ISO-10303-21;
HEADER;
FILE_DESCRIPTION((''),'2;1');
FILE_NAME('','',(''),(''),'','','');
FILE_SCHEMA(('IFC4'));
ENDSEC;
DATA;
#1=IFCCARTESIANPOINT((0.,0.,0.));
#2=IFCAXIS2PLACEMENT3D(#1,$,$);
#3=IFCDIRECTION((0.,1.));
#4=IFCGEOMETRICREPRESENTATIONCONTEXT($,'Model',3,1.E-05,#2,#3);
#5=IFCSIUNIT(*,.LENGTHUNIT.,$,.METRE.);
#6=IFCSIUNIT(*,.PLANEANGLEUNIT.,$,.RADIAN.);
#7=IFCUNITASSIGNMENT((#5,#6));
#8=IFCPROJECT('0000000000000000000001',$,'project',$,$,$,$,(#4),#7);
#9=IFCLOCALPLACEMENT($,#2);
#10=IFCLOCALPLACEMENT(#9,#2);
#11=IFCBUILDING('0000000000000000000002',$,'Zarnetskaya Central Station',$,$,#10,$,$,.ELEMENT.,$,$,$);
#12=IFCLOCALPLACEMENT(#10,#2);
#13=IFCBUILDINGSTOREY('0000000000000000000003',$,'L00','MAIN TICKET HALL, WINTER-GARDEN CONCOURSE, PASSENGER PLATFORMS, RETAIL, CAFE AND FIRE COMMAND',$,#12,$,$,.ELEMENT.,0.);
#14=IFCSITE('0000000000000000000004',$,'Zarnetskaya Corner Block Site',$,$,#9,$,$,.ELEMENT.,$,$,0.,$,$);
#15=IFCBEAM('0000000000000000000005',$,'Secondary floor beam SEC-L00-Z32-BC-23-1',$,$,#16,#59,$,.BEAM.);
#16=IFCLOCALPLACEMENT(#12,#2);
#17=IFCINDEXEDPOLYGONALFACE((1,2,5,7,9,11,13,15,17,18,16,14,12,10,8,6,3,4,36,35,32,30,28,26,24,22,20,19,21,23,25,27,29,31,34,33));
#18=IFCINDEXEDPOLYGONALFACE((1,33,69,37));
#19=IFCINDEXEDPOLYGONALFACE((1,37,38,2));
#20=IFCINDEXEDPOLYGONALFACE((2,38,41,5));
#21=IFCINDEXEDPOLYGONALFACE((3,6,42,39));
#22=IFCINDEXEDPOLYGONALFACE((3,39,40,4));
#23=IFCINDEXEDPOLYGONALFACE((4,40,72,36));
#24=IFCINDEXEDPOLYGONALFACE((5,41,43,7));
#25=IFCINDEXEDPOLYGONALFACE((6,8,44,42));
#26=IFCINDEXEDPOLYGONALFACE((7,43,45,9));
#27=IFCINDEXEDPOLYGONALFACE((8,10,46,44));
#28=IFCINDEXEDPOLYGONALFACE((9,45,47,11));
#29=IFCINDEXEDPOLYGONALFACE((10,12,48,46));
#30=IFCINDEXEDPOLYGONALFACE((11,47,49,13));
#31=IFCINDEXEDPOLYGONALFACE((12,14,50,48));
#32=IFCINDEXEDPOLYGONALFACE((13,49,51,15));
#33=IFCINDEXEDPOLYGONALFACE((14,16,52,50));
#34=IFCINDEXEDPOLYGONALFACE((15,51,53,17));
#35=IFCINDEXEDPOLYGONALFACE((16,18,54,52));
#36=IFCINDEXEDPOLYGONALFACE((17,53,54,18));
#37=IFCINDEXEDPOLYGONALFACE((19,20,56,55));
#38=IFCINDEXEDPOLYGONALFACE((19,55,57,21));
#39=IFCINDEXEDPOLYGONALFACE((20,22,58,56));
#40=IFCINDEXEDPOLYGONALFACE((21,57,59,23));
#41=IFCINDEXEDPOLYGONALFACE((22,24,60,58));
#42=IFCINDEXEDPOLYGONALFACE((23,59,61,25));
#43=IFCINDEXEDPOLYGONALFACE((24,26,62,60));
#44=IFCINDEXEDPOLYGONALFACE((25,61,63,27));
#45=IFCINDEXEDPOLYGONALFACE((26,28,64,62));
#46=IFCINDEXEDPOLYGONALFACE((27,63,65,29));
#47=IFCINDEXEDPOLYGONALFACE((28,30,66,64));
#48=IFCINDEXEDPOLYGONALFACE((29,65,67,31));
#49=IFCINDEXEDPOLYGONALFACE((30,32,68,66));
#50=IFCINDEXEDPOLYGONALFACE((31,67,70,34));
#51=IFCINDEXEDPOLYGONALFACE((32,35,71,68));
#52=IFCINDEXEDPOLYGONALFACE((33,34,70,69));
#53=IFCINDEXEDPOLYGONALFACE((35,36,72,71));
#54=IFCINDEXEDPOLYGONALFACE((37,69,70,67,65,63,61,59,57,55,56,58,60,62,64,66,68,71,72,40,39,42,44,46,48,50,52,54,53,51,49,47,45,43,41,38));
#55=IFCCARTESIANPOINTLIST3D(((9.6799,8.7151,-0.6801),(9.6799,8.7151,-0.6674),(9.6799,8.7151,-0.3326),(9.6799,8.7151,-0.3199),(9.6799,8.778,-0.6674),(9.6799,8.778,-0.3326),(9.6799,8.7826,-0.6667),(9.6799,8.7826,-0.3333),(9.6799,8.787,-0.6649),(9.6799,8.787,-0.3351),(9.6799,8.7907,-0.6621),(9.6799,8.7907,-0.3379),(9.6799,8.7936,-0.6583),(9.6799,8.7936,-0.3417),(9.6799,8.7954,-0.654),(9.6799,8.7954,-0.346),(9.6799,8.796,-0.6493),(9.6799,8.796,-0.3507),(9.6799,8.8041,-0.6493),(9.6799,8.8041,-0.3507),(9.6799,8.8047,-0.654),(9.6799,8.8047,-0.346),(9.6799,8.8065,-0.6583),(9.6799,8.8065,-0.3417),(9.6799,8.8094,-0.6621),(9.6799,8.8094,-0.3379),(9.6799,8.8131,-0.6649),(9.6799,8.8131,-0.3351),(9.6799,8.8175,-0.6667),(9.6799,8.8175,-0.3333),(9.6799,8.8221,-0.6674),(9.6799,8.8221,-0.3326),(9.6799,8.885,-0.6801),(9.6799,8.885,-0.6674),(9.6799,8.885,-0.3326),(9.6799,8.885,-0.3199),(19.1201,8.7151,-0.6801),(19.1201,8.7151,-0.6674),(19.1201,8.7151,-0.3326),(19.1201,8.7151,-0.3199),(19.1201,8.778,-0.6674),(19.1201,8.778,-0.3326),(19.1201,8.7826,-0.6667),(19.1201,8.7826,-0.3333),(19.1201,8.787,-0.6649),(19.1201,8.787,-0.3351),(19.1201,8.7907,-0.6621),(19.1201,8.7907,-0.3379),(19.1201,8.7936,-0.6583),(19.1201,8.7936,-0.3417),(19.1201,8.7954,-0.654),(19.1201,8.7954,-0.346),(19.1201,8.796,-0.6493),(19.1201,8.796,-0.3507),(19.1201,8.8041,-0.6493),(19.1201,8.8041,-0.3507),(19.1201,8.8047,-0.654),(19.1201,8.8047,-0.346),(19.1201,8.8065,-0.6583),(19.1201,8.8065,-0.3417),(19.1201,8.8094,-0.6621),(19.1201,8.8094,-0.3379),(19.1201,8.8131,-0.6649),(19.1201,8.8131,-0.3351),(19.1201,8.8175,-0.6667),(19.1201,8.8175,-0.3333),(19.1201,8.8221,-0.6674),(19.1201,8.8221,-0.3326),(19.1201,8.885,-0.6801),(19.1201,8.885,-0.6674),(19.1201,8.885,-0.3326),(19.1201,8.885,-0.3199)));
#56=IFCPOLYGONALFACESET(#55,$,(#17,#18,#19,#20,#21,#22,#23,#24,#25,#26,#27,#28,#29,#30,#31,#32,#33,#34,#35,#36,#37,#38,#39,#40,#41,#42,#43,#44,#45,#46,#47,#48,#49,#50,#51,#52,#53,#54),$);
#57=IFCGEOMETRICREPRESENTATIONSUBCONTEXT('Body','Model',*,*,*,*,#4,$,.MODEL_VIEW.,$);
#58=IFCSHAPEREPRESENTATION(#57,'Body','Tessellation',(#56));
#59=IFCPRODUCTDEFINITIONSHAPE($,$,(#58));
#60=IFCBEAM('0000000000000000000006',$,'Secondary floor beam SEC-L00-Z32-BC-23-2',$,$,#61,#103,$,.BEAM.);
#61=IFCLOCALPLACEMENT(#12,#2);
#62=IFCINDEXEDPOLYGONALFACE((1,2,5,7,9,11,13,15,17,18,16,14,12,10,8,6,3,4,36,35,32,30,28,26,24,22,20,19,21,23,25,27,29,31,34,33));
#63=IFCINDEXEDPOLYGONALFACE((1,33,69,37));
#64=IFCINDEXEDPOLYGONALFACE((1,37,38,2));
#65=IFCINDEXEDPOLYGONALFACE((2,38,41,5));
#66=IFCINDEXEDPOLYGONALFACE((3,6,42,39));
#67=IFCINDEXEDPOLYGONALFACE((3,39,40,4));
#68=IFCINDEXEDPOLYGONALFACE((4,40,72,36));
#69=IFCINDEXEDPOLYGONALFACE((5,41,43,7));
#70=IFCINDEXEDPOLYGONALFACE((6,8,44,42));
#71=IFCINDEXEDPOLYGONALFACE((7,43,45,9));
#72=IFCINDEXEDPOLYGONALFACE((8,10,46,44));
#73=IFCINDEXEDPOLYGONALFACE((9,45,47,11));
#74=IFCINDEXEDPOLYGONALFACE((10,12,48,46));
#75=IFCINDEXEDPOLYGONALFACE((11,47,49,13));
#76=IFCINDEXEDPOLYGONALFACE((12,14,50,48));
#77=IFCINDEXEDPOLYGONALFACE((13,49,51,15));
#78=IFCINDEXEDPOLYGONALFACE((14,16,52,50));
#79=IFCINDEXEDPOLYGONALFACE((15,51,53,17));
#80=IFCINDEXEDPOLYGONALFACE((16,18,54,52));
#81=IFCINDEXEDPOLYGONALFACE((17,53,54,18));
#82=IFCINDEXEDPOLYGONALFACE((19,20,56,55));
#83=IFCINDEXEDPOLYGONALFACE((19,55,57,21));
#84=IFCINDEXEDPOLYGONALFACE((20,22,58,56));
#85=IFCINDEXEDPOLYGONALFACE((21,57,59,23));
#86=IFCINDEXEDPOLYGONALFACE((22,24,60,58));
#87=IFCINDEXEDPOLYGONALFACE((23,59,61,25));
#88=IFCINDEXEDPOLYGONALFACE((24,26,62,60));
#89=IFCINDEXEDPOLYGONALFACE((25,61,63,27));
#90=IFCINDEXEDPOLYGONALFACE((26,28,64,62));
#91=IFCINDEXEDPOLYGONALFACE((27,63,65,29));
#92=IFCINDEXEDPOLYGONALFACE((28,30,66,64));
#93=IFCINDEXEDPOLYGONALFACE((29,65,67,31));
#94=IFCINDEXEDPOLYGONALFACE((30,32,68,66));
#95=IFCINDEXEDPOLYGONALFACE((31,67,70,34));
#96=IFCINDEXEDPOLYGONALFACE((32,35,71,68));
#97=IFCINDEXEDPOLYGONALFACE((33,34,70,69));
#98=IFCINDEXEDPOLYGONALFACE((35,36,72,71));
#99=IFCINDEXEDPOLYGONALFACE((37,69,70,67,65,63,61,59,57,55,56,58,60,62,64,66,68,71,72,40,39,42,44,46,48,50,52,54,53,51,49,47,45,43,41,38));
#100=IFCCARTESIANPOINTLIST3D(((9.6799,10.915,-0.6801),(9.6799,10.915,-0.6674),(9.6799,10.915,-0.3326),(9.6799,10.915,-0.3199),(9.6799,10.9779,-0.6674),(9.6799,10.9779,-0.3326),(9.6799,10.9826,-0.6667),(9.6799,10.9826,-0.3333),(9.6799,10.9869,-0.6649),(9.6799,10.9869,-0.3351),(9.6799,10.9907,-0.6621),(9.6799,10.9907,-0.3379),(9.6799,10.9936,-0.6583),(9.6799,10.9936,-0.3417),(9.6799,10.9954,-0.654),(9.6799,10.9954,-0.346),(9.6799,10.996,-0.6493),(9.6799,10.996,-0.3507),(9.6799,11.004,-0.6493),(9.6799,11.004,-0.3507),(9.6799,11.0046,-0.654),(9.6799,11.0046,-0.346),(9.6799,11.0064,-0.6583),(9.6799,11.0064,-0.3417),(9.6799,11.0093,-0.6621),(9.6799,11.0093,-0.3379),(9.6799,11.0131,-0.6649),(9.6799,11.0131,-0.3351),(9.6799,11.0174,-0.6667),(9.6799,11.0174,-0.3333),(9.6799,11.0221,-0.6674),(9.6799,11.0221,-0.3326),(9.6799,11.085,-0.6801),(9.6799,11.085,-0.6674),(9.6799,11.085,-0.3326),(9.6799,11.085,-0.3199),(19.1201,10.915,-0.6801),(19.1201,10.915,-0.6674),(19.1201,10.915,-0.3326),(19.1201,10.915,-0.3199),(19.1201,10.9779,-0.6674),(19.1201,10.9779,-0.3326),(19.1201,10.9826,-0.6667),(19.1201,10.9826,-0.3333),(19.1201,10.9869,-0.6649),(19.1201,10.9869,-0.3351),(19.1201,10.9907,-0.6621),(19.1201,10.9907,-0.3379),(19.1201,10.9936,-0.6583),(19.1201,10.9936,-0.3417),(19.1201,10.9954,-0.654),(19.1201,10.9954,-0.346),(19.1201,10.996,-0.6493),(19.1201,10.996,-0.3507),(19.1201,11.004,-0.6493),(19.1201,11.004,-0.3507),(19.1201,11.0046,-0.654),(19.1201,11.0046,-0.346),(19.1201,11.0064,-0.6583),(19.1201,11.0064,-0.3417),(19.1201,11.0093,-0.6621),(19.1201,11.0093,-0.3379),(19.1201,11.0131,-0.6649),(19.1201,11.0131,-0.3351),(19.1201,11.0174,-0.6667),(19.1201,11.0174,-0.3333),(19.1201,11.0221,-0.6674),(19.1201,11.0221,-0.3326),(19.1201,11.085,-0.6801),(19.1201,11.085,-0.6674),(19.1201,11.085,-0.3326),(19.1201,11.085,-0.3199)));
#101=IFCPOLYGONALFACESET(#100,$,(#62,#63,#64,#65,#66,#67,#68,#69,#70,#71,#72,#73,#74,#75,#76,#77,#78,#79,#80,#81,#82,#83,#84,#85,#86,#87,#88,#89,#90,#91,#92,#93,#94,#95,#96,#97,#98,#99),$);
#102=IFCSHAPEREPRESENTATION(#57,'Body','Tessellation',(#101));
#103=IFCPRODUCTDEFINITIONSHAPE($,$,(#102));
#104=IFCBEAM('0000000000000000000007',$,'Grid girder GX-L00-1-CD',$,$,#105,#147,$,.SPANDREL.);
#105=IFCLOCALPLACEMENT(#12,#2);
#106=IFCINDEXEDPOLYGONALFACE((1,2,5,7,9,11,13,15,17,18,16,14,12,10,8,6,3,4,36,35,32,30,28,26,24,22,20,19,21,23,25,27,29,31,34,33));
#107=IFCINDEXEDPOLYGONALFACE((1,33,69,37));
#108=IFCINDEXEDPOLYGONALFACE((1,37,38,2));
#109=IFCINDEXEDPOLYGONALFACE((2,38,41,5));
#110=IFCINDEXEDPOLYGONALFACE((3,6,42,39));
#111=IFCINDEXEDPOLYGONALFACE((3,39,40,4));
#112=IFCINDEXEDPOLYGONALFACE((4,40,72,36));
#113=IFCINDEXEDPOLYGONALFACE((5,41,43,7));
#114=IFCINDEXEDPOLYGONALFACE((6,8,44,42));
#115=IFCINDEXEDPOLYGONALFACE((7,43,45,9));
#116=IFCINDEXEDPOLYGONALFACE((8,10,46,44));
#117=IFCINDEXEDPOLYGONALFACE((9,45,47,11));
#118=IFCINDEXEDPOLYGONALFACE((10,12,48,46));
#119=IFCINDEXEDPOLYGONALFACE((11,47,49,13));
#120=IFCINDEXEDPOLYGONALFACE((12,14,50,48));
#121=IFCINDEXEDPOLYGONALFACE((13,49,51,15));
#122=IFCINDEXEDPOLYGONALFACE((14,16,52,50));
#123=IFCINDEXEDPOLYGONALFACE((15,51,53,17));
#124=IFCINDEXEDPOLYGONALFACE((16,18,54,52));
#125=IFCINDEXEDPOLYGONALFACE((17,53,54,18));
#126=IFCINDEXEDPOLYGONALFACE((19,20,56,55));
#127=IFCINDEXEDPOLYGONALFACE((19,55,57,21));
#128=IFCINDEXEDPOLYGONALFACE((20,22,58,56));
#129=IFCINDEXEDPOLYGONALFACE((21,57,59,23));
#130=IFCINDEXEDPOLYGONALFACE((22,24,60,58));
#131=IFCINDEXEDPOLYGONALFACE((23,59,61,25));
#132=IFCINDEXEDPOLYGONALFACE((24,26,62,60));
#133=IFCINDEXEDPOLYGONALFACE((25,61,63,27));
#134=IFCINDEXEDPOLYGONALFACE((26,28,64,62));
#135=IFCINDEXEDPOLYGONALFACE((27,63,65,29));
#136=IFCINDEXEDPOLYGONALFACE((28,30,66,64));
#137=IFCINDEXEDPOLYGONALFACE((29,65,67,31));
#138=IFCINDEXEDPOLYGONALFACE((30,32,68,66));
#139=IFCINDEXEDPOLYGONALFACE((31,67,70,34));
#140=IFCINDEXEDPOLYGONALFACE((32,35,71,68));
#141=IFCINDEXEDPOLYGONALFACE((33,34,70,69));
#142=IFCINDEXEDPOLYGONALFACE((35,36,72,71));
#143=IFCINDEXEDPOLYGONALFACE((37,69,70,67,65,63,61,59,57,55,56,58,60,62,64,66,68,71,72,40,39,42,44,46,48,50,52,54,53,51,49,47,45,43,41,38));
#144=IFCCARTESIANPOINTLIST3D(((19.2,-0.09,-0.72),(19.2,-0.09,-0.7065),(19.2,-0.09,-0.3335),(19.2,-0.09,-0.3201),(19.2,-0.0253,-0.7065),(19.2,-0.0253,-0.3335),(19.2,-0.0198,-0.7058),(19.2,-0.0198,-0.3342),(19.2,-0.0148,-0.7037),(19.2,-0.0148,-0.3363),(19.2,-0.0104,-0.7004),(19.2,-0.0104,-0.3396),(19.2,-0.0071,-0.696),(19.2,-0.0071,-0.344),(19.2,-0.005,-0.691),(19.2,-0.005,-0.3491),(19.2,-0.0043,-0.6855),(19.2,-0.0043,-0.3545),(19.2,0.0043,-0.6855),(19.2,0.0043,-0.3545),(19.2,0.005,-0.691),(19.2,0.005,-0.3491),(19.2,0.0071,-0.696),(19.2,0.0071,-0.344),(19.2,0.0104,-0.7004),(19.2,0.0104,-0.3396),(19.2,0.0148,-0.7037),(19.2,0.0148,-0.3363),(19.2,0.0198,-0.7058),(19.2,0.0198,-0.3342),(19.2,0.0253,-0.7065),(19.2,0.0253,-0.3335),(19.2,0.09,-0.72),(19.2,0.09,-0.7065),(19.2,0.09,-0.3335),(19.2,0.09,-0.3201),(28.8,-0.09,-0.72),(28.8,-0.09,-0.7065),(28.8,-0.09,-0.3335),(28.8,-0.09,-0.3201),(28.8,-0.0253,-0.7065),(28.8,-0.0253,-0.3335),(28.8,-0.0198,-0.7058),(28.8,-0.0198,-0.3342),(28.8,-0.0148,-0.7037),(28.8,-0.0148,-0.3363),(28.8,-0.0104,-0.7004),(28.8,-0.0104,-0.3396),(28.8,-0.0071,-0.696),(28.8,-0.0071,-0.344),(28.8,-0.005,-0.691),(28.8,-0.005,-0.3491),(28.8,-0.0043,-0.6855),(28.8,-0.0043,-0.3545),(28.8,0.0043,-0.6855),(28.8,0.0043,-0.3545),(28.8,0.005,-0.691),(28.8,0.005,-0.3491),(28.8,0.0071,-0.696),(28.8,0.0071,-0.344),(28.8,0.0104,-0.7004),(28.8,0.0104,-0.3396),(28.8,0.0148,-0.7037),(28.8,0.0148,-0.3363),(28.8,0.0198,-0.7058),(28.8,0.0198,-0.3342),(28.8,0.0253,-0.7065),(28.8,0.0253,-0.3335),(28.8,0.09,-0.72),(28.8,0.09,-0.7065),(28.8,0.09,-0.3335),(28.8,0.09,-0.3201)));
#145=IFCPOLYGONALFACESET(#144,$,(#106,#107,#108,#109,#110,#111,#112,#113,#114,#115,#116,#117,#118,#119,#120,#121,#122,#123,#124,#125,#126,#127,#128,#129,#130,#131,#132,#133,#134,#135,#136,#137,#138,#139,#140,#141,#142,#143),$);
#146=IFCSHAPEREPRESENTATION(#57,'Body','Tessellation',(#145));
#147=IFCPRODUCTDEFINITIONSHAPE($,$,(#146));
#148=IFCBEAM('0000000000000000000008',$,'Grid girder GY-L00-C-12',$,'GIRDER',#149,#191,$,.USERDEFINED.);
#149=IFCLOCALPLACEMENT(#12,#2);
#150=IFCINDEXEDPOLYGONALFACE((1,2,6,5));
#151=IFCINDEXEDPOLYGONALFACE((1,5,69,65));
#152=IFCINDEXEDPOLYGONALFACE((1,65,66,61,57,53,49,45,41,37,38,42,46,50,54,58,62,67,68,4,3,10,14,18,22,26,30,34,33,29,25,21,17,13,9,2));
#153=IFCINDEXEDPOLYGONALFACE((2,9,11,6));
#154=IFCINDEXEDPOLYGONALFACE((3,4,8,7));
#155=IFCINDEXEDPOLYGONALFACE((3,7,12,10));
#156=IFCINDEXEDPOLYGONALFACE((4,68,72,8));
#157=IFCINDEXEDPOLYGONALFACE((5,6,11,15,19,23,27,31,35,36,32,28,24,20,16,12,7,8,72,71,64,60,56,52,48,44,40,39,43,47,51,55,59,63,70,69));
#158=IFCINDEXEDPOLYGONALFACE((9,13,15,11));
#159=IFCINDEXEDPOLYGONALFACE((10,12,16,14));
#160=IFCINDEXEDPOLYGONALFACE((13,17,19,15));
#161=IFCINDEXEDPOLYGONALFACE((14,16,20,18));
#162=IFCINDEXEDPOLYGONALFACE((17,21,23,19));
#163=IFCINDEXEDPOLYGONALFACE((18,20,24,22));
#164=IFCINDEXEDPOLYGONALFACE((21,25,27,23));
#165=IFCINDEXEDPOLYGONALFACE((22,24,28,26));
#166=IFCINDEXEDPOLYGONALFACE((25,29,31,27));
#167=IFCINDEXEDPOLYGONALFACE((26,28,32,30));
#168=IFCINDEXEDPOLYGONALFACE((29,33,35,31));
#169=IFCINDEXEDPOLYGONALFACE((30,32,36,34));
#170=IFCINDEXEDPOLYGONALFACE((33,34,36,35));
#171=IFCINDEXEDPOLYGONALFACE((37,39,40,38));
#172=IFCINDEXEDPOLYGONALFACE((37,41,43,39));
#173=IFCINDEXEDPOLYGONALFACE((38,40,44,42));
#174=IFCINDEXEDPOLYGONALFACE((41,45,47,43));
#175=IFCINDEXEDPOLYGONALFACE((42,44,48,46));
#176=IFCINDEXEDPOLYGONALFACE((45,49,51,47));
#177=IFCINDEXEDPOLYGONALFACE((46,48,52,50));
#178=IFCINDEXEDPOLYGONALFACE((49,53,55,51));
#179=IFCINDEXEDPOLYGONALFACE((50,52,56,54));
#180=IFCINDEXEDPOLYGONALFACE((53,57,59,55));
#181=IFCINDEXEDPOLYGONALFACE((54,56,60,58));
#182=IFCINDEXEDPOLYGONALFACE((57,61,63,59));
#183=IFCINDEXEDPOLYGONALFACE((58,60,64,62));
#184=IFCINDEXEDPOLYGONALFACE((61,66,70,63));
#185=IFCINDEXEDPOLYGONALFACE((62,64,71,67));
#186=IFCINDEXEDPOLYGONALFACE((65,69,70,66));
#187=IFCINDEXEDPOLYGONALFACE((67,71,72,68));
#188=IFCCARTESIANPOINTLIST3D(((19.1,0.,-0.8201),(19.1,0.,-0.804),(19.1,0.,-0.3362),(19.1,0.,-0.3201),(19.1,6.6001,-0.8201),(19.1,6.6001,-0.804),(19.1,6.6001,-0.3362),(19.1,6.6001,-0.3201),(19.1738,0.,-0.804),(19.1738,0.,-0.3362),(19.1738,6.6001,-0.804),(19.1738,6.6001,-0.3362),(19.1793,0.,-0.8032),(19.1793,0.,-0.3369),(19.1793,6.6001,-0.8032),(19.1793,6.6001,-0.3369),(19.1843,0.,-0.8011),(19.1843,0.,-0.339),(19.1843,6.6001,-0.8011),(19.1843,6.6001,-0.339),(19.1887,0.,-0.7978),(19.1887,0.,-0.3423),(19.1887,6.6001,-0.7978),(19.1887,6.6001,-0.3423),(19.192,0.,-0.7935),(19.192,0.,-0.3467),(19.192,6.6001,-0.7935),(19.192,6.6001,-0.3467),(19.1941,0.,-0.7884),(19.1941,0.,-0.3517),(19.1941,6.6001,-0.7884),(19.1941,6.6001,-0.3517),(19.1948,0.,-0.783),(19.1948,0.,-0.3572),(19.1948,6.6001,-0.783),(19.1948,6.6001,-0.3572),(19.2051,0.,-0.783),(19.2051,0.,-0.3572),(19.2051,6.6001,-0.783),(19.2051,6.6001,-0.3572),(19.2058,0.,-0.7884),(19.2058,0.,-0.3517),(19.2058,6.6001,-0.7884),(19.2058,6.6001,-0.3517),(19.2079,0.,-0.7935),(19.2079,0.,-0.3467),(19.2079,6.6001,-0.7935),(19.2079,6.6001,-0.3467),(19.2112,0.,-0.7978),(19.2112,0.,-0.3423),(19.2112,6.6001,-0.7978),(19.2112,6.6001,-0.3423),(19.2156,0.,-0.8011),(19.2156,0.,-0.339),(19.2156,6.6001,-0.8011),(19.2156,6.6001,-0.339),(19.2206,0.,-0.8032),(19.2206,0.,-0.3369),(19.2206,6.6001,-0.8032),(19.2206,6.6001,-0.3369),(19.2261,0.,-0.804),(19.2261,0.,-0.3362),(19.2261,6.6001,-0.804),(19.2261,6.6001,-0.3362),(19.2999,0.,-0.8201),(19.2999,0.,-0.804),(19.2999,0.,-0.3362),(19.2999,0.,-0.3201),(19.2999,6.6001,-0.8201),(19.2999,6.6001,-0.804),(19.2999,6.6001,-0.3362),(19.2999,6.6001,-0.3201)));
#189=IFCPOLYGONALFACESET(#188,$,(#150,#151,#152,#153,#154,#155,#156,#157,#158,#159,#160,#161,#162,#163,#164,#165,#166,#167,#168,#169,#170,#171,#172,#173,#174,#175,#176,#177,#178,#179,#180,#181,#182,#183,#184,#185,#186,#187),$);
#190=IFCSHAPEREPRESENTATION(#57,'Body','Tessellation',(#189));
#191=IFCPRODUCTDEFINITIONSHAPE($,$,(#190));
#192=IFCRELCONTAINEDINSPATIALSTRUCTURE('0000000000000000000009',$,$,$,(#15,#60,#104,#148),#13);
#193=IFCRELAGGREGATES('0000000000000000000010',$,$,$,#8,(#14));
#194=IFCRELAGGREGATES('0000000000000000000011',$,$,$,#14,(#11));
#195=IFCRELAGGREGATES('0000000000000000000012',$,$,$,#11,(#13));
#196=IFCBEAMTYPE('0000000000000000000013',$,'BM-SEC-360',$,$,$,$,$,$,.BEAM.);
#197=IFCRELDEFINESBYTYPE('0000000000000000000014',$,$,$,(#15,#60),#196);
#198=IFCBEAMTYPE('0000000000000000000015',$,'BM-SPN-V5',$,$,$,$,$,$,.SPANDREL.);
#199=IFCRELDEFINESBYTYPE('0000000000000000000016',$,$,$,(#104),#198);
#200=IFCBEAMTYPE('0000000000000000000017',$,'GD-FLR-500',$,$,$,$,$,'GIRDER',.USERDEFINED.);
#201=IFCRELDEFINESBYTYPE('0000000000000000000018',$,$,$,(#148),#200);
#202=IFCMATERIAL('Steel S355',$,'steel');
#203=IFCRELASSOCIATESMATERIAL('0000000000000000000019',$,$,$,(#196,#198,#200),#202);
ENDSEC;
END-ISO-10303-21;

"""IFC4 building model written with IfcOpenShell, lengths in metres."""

from ifc_helpers import new_model, si_unit, direction, frame, origin, origin_2d, place, context, subcontext, project, spatial, i_section, extrude, material, material_profile, profile_set, type_object, element, save


model = new_model("IFC4")

# Units and contexts
model_context = context("Model", 3, precision=1e-05, world=origin(), true_north=direction((0.0, 1.0)))
body_context = subcontext(model_context, "Body", "Model", "MODEL_VIEW")
ifc_project = project(units=[si_unit("LENGTHUNIT", "METRE"), si_unit("PLANEANGLEUNIT", "RADIAN")], contexts=[model_context])

# Site, building, storey
site_placement = place(None, origin())
site = spatial("IfcSite", under=ifc_project, at=site_placement, Name="Zarnetskaya Corner Block Site", CompositionType="ELEMENT", RefElevation=0.0)
building_placement = place(site_placement, origin())
building = spatial("IfcBuilding", under=site, at=building_placement, Name="Zarnetskaya Central Station", CompositionType="ELEMENT")
storey_placement = place(building_placement, origin())
storey = spatial("IfcBuildingStorey", under=building, at=storey_placement, Name="L00", Description="MAIN TICKET HALL, WINTER-GARDEN CONCOURSE, PASSENGER PLATFORMS, RETAIL, CAFE AND FIRE COMMAND", CompositionType="ELEMENT", Elevation=0.0)

# Shared definitions
ifc_material_1 = material(Name="Steel S355", Category="steel")

# Beams
ifc_material_profile_1 = material_profile(ifc_material_1, i_section(OverallWidth=0.1699, OverallDepth=0.3601, WebThickness=0.0081, FlangeThickness=0.0127, FilletRadius=0.0181, at=origin_2d()), Name="IPE 360")
ifc_profile_set_1 = profile_set([ifc_material_profile_1], Name="Steel S355")
beam_type_1 = type_object("IfcBeamType", Name="BM-SEC-360", PredefinedType="BEAM", material=ifc_profile_set_1)
for number, where, z_axis, x_axis, name in (
    (1, (9.6799, 8.8, -0.5), (1.0, 0.0, 0.0), (0.0, 1.0, 0.0), "Secondary floor beam SEC-L00-Z32-BC-23-1"),
    (2, (9.6799, 11.0, -0.5), (1.0, 0.0, 0.0), (0.0, 1.0, 0.0), "Secondary floor beam SEC-L00-Z32-BC-23-2"),
):
    element("IfcBeam", number, at=place(storey_placement, frame(where, z_axis=z_axis, x_axis=x_axis)), inside=storey, type_object=beam_type_1, Name=name, PredefinedType="BEAM", context=body_context, shape_type="SweptSolid", body=[
        extrude(i_section(OverallWidth=0.1699, OverallDepth=0.3601, WebThickness=0.0081, FlangeThickness=0.0127, FilletRadius=0.0181, at=origin_2d()), origin(), (0.0, 0.0, 1.0), 9.4402),
    ])
ifc_material_profile_2 = material_profile(ifc_material_1, i_section(OverallWidth=0.1799, OverallDepth=0.3999, WebThickness=0.0085, FlangeThickness=0.0134, FilletRadius=0.021, at=origin_2d()), Name="IPE 400")
ifc_profile_set_2 = profile_set([ifc_material_profile_2], Name="Steel S355")
beam_type_2 = type_object("IfcBeamType", Name="BM-SPN-V5", PredefinedType="SPANDREL", material=ifc_profile_set_2)
beam_1_placement = place(storey_placement, frame((19.2, 0.0, -0.52), z_axis=(1.0, 0.0, 0.0), x_axis=(0.0, 1.0, 0.0)))
element("IfcBeam", 3, at=beam_1_placement, inside=storey, type_object=beam_type_2, Name="Grid girder GX-L00-1-CD", PredefinedType="SPANDREL", context=body_context, shape_type="SweptSolid", body=[
    extrude(i_section(OverallWidth=0.1799, OverallDepth=0.3999, WebThickness=0.0085, FlangeThickness=0.0134, FilletRadius=0.021, at=origin_2d()), origin(), (0.0, 0.0, 1.0), 9.6001),
])
ifc_material_profile_3 = material_profile(ifc_material_1, i_section(OverallWidth=0.2, OverallDepth=0.5, WebThickness=0.0103, FlangeThickness=0.0161, FilletRadius=0.021, at=origin_2d()), Name="IPE 500")
ifc_profile_set_3 = profile_set([ifc_material_profile_3], Name="Steel S355")
beam_type_3 = type_object("IfcBeamType", Name="GD-FLR-500", ElementType="GIRDER", PredefinedType="USERDEFINED", material=ifc_profile_set_3)
beam_2_placement = place(storey_placement, frame((19.2, 0.0, -0.5701), z_axis=(0.0, 1.0, 0.0), x_axis=(-1.0, 0.0, 0.0)))
element("IfcBeam", 4, at=beam_2_placement, inside=storey, type_object=beam_type_3, Name="Grid girder GY-L00-C-12", ObjectType="GIRDER", PredefinedType="USERDEFINED", context=body_context, shape_type="SweptSolid", body=[
    extrude(i_section(OverallWidth=0.2, OverallDepth=0.5, WebThickness=0.0103, FlangeThickness=0.0161, FilletRadius=0.021, at=origin_2d()), origin(), (0.0, 0.0, 1.0), 6.6001),
])

save(model, "model.ifc")
